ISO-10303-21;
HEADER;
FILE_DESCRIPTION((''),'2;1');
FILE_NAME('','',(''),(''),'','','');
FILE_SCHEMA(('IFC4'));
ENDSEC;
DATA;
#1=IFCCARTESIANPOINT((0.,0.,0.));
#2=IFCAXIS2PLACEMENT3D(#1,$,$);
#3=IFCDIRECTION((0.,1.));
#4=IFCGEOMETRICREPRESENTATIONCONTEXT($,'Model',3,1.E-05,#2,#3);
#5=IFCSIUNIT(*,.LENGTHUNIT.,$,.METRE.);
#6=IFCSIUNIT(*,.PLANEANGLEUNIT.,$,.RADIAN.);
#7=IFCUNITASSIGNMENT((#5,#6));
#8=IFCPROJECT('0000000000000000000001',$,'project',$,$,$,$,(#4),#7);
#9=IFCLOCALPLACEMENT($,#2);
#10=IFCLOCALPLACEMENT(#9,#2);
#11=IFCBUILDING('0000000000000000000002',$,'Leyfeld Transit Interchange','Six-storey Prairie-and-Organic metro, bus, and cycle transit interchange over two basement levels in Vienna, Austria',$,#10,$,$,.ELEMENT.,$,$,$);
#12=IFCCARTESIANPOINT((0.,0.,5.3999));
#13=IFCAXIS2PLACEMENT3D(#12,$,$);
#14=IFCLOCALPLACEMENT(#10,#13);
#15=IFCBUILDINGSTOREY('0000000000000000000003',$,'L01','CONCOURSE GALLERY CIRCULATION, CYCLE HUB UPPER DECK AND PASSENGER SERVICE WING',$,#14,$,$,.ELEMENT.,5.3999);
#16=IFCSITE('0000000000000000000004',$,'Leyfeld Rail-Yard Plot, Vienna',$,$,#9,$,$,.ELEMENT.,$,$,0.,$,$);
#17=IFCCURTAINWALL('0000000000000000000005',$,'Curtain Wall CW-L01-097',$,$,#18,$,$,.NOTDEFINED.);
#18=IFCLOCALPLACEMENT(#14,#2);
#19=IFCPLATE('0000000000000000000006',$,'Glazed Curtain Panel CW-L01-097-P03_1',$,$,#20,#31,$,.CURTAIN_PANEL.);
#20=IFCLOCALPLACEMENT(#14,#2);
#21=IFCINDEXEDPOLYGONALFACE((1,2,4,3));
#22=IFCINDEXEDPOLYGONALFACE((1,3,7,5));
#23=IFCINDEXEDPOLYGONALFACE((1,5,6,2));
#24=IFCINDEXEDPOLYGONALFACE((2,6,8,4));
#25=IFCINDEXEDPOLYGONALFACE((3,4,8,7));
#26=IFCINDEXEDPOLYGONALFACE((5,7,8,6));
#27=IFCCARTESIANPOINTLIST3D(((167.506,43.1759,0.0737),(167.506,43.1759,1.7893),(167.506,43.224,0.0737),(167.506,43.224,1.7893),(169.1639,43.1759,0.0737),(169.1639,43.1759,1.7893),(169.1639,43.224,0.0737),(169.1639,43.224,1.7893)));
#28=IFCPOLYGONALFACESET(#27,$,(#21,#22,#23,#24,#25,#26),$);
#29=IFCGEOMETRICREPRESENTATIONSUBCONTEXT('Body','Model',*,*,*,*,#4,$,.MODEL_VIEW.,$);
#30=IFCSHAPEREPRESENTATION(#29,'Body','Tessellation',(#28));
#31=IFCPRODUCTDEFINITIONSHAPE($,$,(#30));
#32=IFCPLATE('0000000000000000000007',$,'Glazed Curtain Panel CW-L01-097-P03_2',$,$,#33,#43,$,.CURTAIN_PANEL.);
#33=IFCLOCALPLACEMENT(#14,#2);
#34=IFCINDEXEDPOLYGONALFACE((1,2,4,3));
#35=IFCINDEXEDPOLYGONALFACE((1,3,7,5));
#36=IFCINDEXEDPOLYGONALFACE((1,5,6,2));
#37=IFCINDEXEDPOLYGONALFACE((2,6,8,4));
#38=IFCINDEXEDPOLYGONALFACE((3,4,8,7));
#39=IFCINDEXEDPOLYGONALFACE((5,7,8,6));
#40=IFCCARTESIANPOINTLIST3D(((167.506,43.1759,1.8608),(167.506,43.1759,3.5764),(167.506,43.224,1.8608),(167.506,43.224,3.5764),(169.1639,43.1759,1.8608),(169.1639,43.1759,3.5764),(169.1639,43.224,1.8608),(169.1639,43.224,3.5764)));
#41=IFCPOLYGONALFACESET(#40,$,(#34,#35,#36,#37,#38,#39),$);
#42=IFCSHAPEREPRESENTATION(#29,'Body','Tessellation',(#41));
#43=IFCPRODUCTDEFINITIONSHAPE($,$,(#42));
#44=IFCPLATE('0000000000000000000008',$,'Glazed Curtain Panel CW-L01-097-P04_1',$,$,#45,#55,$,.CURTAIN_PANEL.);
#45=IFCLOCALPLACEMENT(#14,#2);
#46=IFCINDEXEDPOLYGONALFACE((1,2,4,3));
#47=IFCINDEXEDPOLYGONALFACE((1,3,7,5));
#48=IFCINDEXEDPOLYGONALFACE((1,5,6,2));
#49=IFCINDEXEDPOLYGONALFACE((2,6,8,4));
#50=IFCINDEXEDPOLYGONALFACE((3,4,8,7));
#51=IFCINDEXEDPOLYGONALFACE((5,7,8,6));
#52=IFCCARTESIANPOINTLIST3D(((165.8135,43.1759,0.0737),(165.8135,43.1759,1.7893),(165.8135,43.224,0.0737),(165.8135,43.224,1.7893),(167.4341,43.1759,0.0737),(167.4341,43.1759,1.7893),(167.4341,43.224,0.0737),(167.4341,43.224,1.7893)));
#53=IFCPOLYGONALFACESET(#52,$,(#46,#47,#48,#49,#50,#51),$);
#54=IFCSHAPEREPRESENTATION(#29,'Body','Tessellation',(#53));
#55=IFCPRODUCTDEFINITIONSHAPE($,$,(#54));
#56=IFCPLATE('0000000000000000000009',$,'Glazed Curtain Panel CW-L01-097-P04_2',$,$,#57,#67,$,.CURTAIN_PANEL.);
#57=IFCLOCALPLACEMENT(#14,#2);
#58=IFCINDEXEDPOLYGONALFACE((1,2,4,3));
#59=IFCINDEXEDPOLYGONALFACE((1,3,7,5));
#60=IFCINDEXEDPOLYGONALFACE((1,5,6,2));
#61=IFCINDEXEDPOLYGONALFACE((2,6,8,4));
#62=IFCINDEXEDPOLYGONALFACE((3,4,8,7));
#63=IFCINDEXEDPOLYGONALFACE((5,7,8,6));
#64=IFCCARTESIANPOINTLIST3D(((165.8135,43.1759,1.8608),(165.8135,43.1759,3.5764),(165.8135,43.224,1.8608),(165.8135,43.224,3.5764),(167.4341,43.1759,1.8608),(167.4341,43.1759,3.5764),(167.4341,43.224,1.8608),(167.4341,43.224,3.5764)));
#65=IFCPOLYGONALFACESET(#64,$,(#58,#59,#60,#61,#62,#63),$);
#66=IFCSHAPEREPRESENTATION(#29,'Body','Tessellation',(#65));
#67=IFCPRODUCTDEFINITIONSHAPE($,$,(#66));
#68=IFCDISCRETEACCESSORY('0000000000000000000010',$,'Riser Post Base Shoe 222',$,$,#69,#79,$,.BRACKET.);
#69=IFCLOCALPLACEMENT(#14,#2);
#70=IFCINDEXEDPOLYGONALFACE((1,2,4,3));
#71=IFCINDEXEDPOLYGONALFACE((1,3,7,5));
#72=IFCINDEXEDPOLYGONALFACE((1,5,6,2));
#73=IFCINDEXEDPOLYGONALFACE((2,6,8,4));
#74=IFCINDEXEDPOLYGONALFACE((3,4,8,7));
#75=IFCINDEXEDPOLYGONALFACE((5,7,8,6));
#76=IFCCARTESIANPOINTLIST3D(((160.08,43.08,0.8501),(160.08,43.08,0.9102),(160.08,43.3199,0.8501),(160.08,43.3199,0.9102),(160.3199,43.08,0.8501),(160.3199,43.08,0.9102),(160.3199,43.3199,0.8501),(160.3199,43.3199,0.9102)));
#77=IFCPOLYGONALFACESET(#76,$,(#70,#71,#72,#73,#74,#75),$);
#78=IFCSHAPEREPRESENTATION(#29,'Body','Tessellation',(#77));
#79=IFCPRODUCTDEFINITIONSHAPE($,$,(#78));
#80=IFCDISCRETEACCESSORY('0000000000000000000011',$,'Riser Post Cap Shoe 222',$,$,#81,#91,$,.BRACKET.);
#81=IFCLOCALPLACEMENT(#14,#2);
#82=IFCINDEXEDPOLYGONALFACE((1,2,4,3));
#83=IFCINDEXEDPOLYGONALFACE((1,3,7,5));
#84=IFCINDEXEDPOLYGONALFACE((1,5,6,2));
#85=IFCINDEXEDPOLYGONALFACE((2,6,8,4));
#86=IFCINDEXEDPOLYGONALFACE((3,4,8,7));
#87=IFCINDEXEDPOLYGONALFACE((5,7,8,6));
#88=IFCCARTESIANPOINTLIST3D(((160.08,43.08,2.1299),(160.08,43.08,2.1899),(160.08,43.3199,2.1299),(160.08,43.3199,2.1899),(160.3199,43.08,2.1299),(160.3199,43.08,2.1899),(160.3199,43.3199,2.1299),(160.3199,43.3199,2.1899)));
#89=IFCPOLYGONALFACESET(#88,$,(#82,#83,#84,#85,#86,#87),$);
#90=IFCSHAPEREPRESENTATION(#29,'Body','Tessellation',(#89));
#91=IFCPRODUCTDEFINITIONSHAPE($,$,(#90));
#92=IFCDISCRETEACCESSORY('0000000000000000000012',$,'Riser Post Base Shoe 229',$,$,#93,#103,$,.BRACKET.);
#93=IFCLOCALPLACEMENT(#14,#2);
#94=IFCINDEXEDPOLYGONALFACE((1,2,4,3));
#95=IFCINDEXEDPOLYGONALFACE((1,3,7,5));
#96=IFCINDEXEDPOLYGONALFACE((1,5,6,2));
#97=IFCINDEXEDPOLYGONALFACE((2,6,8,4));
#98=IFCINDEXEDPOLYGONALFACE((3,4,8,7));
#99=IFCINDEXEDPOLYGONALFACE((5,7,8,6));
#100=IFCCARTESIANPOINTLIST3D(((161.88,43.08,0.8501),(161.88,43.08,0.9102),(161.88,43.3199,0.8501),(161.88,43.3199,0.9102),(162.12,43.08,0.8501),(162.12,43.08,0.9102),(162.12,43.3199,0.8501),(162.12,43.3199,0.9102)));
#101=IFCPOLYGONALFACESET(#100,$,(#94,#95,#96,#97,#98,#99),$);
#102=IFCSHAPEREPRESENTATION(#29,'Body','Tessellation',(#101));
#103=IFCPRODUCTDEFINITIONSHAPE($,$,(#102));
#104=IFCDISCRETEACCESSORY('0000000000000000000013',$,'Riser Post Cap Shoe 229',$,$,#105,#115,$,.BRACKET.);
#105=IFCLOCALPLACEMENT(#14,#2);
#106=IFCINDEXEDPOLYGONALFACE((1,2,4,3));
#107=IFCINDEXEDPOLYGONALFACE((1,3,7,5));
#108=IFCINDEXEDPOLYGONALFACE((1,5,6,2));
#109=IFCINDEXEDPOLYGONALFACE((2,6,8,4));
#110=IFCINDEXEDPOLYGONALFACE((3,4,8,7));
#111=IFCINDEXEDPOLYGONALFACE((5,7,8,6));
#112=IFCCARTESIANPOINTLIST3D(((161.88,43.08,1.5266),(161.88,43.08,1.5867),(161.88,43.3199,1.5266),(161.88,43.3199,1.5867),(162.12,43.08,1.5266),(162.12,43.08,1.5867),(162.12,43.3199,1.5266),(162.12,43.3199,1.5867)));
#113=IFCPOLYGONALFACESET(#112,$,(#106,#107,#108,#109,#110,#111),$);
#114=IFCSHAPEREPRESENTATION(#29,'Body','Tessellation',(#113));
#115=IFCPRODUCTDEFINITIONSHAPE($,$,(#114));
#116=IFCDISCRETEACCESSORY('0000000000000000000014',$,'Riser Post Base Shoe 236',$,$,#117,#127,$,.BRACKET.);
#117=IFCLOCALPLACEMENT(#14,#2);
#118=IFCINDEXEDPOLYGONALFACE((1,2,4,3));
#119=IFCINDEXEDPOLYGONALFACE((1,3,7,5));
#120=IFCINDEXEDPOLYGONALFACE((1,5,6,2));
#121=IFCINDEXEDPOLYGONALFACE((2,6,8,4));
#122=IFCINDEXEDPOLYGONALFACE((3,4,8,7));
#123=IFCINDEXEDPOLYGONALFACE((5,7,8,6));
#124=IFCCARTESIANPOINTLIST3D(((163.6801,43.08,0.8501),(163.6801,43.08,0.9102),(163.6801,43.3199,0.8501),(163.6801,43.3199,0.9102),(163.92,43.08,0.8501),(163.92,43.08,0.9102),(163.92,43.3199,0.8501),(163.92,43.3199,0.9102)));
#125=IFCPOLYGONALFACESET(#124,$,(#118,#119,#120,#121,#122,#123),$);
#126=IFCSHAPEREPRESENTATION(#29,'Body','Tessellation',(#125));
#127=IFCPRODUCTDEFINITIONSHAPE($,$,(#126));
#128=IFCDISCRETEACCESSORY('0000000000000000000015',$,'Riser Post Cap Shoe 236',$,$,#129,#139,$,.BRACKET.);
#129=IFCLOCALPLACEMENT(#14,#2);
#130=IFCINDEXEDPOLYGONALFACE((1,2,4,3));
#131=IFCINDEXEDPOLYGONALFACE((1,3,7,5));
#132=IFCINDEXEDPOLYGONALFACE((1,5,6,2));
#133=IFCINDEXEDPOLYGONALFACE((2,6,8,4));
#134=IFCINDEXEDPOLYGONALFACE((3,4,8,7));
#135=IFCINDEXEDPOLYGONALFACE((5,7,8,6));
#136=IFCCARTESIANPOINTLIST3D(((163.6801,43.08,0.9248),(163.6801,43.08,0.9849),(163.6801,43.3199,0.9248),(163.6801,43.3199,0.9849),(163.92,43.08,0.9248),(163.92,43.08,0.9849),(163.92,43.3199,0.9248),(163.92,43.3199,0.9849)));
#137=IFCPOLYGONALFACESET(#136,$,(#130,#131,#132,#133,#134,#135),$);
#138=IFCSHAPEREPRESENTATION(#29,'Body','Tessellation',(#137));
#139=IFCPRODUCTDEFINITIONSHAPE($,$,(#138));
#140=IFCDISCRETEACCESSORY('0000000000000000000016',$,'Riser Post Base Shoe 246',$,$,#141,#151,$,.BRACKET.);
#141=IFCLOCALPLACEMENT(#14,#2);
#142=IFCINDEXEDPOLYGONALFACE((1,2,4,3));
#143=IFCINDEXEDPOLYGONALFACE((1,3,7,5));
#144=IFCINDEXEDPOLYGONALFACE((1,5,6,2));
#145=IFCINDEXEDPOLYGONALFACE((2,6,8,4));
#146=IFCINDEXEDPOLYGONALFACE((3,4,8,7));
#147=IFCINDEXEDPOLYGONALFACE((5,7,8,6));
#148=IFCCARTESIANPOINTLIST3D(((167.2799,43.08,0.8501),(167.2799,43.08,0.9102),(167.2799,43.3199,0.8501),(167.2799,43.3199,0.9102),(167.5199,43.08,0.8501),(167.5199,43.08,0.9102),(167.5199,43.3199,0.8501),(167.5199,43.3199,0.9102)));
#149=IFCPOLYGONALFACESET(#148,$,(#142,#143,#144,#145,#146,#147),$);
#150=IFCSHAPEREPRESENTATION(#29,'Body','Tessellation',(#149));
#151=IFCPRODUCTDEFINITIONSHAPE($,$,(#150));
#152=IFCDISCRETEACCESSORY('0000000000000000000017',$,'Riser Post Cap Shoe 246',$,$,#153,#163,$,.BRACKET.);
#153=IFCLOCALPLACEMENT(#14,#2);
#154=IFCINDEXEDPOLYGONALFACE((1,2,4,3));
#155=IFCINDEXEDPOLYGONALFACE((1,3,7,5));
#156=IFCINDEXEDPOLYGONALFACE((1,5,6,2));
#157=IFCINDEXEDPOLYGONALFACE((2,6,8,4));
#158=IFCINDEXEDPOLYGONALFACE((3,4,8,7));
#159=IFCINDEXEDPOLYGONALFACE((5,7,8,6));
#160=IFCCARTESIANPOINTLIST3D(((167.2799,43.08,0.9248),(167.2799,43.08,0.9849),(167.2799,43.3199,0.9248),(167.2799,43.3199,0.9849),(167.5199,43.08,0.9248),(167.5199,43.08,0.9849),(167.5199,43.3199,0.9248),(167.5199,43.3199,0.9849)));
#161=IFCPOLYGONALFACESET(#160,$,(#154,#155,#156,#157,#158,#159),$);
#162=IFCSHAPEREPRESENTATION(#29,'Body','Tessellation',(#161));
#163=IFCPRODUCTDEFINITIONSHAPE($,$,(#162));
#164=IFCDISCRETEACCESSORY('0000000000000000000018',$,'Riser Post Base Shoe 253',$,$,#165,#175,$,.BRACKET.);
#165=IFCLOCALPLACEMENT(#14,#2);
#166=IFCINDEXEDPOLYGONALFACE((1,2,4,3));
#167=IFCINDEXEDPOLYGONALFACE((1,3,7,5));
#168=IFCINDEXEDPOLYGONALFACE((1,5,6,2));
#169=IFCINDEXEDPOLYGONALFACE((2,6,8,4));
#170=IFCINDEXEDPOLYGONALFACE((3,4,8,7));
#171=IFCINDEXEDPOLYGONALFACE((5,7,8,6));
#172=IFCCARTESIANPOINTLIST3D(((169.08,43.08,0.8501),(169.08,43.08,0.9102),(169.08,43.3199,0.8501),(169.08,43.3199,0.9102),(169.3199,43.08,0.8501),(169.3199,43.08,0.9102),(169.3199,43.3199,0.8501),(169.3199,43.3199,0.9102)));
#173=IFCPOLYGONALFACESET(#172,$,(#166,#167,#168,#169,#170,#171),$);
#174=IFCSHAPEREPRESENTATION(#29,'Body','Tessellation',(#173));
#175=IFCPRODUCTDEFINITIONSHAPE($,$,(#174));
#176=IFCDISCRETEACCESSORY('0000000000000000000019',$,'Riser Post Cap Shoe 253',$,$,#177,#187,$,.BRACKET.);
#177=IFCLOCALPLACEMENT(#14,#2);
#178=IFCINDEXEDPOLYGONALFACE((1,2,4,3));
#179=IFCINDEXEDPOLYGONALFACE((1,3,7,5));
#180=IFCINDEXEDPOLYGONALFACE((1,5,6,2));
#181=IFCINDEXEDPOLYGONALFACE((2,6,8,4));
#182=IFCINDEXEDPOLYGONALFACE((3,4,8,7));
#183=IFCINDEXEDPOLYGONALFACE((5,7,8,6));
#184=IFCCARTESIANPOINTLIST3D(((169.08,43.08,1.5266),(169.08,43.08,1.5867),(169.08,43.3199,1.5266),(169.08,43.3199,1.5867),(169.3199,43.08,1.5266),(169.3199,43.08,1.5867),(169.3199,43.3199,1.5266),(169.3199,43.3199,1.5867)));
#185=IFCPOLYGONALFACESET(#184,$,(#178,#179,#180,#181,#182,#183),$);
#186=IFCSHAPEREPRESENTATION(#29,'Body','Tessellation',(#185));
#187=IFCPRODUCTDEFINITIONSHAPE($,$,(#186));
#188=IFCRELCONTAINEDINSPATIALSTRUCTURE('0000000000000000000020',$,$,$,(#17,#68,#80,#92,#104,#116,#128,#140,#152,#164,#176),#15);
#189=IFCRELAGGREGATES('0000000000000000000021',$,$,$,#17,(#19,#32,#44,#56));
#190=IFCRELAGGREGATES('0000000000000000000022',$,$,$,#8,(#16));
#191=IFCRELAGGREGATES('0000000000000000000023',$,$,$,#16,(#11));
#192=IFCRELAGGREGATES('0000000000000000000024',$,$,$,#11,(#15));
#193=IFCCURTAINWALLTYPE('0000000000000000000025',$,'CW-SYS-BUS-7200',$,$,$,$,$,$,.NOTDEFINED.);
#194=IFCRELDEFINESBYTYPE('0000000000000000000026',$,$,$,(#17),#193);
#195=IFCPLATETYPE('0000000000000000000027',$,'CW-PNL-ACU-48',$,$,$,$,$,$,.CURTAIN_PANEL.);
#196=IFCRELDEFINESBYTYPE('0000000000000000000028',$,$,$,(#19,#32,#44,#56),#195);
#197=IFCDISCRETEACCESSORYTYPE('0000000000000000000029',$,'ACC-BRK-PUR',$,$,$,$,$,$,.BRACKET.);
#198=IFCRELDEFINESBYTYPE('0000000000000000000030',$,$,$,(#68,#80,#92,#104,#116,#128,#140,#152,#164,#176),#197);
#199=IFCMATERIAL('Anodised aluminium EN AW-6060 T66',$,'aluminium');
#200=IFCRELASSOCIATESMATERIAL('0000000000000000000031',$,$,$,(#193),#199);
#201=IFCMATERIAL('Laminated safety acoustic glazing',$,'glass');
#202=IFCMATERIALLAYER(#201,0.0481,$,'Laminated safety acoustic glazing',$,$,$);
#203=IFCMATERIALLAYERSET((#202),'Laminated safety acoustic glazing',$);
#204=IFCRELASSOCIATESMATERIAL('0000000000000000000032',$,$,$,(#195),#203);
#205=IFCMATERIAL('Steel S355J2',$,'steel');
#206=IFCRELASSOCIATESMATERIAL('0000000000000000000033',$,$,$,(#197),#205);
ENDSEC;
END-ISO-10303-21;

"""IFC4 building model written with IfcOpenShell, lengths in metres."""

from ifc_helpers import new_model, si_unit, direction, frame, origin, origin_2d, place, context, subcontext, project, spatial, rectangle, extrude, material, layer, layer_set, type_object, element, aggregate, save


model = new_model("IFC4")

# Units and contexts
model_context = context("Model", 3, precision=1e-05, world=origin(), true_north=direction((0.0, 1.0)))
body_context = subcontext(model_context, "Body", "Model", "MODEL_VIEW")
ifc_project = project(units=[si_unit("LENGTHUNIT", "METRE"), si_unit("PLANEANGLEUNIT", "RADIAN")], contexts=[model_context])

# Site, building, storey
site_placement = place(None, origin())
site = spatial("IfcSite", under=ifc_project, at=site_placement, Name="Leyfeld Rail-Yard Plot, Vienna", CompositionType="ELEMENT", RefElevation=0.0)
building_placement = place(site_placement, origin())
building = spatial("IfcBuilding", under=site, at=building_placement, Name="Leyfeld Transit Interchange", Description="Six-storey Prairie-and-Organic metro, bus, and cycle transit interchange over two basement levels in Vienna, Austria", CompositionType="ELEMENT")
storey_placement = place(building_placement, frame((0.0, 0.0, 5.3999)))
storey = spatial("IfcBuildingStorey", under=building, at=storey_placement, Name="L01", Description="CONCOURSE GALLERY CIRCULATION, CYCLE HUB UPPER DECK AND PASSENGER SERVICE WING", CompositionType="ELEMENT", Elevation=5.3999)

# Shared definitions
ifc_material_1 = material(Name="Steel S355J2", Category="steel")

# Curtain wall
ifc_material_2 = material(Name="Anodised aluminium EN AW-6060 T66", Category="aluminium")
curtain_wall_type = type_object("IfcCurtainWallType", Name="CW-SYS-BUS-7200", PredefinedType="NOTDEFINED", material=ifc_material_2)
curtain_wall_placement = place(storey_placement, origin())
curtain_wall = element("IfcCurtainWall", 1, at=curtain_wall_placement, inside=storey, type_object=curtain_wall_type, Name="Curtain Wall CW-L01-097", PredefinedType="NOTDEFINED")

# Plates
ifc_material_3 = material(Name="Laminated safety acoustic glazing", Category="glass")
ifc_layer = layer(ifc_material_3, 0.0481, Name="Laminated safety acoustic glazing")
ifc_layer_set = layer_set([ifc_layer], Name="Laminated safety acoustic glazing")
plate_type = type_object("IfcPlateType", Name="CW-PNL-ACU-48", PredefinedType="CURTAIN_PANEL", material=ifc_layer_set)
plate_1_placement = place(storey_placement, frame((168.335, 43.2, 0.0737), z_axis=(0.0, 0.0, 1.0), x_axis=(-1.0, 0.0, 0.0)))
plate_1 = element("IfcPlate", 2, at=plate_1_placement, type_object=plate_type, Name="Glazed Curtain Panel CW-L01-097-P03_1", PredefinedType="CURTAIN_PANEL", context=body_context, shape_type="SweptSolid", body=[
    extrude(rectangle(XDim=1.658, YDim=0.0481, at=origin_2d()), origin(), (0.0, 0.0, 1.0), 1.7156),
])
plate_2_placement = place(storey_placement, frame((168.335, 43.2, 1.8608), z_axis=(0.0, 0.0, 1.0), x_axis=(-1.0, 0.0, 0.0)))
plate_2 = element("IfcPlate", 3, at=plate_2_placement, type_object=plate_type, Name="Glazed Curtain Panel CW-L01-097-P03_2", PredefinedType="CURTAIN_PANEL", context=body_context, shape_type="SweptSolid", body=[
    extrude(rectangle(XDim=1.658, YDim=0.0481, at=origin_2d()), origin(), (0.0, 0.0, 1.0), 1.7156),
])
plate_3_placement = place(storey_placement, frame((166.6238, 43.2, 0.0737), z_axis=(0.0, 0.0, 1.0), x_axis=(-1.0, 0.0, 0.0)))
plate_3 = element("IfcPlate", 4, at=plate_3_placement, type_object=plate_type, Name="Glazed Curtain Panel CW-L01-097-P04_1", PredefinedType="CURTAIN_PANEL", context=body_context, shape_type="SweptSolid", body=[
    extrude(rectangle(XDim=1.6206, YDim=0.0481, at=origin_2d()), origin(), (0.0, 0.0, 1.0), 1.7156),
])
plate_4_placement = place(storey_placement, frame((166.6238, 43.2, 1.8608), z_axis=(0.0, 0.0, 1.0), x_axis=(-1.0, 0.0, 0.0)))
plate_4 = element("IfcPlate", 5, at=plate_4_placement, type_object=plate_type, Name="Glazed Curtain Panel CW-L01-097-P04_2", PredefinedType="CURTAIN_PANEL", context=body_context, shape_type="SweptSolid", body=[
    extrude(rectangle(XDim=1.6206, YDim=0.0481, at=origin_2d()), origin(), (0.0, 0.0, 1.0), 1.7156),
])
aggregate(curtain_wall, [plate_1, plate_2, plate_3, plate_4])

# Discrete accessories
discrete_accessory_type = type_object("IfcDiscreteAccessoryType", Name="ACC-BRK-PUR", PredefinedType="BRACKET", material=ifc_material_1)
for number, where, z_axis, x_axis, name in (
    (6, (160.2, 43.2, 0.8501), (0.0, 0.0, 1.0), (1.0, 0.0, 0.0), "Riser Post Base Shoe 222"),
    (7, (160.2, 43.2, 2.1299), (0.0, 0.0, 1.0), (1.0, 0.0, 0.0), "Riser Post Cap Shoe 222"),
    (8, (162.0, 43.2, 0.8501), (0.0, 0.0, 1.0), (1.0, 0.0, 0.0), "Riser Post Base Shoe 229"),
    (9, (162.0, 43.2, 1.5266), (0.0, 0.0, 1.0), (1.0, 0.0, 0.0), "Riser Post Cap Shoe 229"),
    (10, (163.8, 43.2, 0.8501), (0.0, 0.0, 1.0), (1.0, 0.0, 0.0), "Riser Post Base Shoe 236"),
    (11, (163.8, 43.2, 0.9248), (0.0, 0.0, 1.0), (1.0, 0.0, 0.0), "Riser Post Cap Shoe 236"),
    (12, (167.3999, 43.2, 0.8501), (0.0, 0.0, 1.0), (1.0, 0.0, 0.0), "Riser Post Base Shoe 246"),
    (13, (167.3999, 43.2, 0.9248), (0.0, 0.0, 1.0), (1.0, 0.0, 0.0), "Riser Post Cap Shoe 246"),
    (14, (169.2, 43.2, 0.8501), (0.0, 0.0, 1.0), (1.0, 0.0, 0.0), "Riser Post Base Shoe 253"),
    (15, (169.2, 43.2, 1.5266), (0.0, 0.0, 1.0), (1.0, 0.0, 0.0), "Riser Post Cap Shoe 253"),
):
    element("IfcDiscreteAccessory", number, at=place(storey_placement, frame(where, z_axis=z_axis, x_axis=x_axis)), inside=storey, type_object=discrete_accessory_type, Name=name, PredefinedType="BRACKET", context=body_context, shape_type="SweptSolid", body=[
        extrude(rectangle(XDim=0.24, YDim=0.24, at=origin_2d()), origin(), (0.0, 0.0, 1.0), 0.0601),
    ])

save(model, "model.ifc")
